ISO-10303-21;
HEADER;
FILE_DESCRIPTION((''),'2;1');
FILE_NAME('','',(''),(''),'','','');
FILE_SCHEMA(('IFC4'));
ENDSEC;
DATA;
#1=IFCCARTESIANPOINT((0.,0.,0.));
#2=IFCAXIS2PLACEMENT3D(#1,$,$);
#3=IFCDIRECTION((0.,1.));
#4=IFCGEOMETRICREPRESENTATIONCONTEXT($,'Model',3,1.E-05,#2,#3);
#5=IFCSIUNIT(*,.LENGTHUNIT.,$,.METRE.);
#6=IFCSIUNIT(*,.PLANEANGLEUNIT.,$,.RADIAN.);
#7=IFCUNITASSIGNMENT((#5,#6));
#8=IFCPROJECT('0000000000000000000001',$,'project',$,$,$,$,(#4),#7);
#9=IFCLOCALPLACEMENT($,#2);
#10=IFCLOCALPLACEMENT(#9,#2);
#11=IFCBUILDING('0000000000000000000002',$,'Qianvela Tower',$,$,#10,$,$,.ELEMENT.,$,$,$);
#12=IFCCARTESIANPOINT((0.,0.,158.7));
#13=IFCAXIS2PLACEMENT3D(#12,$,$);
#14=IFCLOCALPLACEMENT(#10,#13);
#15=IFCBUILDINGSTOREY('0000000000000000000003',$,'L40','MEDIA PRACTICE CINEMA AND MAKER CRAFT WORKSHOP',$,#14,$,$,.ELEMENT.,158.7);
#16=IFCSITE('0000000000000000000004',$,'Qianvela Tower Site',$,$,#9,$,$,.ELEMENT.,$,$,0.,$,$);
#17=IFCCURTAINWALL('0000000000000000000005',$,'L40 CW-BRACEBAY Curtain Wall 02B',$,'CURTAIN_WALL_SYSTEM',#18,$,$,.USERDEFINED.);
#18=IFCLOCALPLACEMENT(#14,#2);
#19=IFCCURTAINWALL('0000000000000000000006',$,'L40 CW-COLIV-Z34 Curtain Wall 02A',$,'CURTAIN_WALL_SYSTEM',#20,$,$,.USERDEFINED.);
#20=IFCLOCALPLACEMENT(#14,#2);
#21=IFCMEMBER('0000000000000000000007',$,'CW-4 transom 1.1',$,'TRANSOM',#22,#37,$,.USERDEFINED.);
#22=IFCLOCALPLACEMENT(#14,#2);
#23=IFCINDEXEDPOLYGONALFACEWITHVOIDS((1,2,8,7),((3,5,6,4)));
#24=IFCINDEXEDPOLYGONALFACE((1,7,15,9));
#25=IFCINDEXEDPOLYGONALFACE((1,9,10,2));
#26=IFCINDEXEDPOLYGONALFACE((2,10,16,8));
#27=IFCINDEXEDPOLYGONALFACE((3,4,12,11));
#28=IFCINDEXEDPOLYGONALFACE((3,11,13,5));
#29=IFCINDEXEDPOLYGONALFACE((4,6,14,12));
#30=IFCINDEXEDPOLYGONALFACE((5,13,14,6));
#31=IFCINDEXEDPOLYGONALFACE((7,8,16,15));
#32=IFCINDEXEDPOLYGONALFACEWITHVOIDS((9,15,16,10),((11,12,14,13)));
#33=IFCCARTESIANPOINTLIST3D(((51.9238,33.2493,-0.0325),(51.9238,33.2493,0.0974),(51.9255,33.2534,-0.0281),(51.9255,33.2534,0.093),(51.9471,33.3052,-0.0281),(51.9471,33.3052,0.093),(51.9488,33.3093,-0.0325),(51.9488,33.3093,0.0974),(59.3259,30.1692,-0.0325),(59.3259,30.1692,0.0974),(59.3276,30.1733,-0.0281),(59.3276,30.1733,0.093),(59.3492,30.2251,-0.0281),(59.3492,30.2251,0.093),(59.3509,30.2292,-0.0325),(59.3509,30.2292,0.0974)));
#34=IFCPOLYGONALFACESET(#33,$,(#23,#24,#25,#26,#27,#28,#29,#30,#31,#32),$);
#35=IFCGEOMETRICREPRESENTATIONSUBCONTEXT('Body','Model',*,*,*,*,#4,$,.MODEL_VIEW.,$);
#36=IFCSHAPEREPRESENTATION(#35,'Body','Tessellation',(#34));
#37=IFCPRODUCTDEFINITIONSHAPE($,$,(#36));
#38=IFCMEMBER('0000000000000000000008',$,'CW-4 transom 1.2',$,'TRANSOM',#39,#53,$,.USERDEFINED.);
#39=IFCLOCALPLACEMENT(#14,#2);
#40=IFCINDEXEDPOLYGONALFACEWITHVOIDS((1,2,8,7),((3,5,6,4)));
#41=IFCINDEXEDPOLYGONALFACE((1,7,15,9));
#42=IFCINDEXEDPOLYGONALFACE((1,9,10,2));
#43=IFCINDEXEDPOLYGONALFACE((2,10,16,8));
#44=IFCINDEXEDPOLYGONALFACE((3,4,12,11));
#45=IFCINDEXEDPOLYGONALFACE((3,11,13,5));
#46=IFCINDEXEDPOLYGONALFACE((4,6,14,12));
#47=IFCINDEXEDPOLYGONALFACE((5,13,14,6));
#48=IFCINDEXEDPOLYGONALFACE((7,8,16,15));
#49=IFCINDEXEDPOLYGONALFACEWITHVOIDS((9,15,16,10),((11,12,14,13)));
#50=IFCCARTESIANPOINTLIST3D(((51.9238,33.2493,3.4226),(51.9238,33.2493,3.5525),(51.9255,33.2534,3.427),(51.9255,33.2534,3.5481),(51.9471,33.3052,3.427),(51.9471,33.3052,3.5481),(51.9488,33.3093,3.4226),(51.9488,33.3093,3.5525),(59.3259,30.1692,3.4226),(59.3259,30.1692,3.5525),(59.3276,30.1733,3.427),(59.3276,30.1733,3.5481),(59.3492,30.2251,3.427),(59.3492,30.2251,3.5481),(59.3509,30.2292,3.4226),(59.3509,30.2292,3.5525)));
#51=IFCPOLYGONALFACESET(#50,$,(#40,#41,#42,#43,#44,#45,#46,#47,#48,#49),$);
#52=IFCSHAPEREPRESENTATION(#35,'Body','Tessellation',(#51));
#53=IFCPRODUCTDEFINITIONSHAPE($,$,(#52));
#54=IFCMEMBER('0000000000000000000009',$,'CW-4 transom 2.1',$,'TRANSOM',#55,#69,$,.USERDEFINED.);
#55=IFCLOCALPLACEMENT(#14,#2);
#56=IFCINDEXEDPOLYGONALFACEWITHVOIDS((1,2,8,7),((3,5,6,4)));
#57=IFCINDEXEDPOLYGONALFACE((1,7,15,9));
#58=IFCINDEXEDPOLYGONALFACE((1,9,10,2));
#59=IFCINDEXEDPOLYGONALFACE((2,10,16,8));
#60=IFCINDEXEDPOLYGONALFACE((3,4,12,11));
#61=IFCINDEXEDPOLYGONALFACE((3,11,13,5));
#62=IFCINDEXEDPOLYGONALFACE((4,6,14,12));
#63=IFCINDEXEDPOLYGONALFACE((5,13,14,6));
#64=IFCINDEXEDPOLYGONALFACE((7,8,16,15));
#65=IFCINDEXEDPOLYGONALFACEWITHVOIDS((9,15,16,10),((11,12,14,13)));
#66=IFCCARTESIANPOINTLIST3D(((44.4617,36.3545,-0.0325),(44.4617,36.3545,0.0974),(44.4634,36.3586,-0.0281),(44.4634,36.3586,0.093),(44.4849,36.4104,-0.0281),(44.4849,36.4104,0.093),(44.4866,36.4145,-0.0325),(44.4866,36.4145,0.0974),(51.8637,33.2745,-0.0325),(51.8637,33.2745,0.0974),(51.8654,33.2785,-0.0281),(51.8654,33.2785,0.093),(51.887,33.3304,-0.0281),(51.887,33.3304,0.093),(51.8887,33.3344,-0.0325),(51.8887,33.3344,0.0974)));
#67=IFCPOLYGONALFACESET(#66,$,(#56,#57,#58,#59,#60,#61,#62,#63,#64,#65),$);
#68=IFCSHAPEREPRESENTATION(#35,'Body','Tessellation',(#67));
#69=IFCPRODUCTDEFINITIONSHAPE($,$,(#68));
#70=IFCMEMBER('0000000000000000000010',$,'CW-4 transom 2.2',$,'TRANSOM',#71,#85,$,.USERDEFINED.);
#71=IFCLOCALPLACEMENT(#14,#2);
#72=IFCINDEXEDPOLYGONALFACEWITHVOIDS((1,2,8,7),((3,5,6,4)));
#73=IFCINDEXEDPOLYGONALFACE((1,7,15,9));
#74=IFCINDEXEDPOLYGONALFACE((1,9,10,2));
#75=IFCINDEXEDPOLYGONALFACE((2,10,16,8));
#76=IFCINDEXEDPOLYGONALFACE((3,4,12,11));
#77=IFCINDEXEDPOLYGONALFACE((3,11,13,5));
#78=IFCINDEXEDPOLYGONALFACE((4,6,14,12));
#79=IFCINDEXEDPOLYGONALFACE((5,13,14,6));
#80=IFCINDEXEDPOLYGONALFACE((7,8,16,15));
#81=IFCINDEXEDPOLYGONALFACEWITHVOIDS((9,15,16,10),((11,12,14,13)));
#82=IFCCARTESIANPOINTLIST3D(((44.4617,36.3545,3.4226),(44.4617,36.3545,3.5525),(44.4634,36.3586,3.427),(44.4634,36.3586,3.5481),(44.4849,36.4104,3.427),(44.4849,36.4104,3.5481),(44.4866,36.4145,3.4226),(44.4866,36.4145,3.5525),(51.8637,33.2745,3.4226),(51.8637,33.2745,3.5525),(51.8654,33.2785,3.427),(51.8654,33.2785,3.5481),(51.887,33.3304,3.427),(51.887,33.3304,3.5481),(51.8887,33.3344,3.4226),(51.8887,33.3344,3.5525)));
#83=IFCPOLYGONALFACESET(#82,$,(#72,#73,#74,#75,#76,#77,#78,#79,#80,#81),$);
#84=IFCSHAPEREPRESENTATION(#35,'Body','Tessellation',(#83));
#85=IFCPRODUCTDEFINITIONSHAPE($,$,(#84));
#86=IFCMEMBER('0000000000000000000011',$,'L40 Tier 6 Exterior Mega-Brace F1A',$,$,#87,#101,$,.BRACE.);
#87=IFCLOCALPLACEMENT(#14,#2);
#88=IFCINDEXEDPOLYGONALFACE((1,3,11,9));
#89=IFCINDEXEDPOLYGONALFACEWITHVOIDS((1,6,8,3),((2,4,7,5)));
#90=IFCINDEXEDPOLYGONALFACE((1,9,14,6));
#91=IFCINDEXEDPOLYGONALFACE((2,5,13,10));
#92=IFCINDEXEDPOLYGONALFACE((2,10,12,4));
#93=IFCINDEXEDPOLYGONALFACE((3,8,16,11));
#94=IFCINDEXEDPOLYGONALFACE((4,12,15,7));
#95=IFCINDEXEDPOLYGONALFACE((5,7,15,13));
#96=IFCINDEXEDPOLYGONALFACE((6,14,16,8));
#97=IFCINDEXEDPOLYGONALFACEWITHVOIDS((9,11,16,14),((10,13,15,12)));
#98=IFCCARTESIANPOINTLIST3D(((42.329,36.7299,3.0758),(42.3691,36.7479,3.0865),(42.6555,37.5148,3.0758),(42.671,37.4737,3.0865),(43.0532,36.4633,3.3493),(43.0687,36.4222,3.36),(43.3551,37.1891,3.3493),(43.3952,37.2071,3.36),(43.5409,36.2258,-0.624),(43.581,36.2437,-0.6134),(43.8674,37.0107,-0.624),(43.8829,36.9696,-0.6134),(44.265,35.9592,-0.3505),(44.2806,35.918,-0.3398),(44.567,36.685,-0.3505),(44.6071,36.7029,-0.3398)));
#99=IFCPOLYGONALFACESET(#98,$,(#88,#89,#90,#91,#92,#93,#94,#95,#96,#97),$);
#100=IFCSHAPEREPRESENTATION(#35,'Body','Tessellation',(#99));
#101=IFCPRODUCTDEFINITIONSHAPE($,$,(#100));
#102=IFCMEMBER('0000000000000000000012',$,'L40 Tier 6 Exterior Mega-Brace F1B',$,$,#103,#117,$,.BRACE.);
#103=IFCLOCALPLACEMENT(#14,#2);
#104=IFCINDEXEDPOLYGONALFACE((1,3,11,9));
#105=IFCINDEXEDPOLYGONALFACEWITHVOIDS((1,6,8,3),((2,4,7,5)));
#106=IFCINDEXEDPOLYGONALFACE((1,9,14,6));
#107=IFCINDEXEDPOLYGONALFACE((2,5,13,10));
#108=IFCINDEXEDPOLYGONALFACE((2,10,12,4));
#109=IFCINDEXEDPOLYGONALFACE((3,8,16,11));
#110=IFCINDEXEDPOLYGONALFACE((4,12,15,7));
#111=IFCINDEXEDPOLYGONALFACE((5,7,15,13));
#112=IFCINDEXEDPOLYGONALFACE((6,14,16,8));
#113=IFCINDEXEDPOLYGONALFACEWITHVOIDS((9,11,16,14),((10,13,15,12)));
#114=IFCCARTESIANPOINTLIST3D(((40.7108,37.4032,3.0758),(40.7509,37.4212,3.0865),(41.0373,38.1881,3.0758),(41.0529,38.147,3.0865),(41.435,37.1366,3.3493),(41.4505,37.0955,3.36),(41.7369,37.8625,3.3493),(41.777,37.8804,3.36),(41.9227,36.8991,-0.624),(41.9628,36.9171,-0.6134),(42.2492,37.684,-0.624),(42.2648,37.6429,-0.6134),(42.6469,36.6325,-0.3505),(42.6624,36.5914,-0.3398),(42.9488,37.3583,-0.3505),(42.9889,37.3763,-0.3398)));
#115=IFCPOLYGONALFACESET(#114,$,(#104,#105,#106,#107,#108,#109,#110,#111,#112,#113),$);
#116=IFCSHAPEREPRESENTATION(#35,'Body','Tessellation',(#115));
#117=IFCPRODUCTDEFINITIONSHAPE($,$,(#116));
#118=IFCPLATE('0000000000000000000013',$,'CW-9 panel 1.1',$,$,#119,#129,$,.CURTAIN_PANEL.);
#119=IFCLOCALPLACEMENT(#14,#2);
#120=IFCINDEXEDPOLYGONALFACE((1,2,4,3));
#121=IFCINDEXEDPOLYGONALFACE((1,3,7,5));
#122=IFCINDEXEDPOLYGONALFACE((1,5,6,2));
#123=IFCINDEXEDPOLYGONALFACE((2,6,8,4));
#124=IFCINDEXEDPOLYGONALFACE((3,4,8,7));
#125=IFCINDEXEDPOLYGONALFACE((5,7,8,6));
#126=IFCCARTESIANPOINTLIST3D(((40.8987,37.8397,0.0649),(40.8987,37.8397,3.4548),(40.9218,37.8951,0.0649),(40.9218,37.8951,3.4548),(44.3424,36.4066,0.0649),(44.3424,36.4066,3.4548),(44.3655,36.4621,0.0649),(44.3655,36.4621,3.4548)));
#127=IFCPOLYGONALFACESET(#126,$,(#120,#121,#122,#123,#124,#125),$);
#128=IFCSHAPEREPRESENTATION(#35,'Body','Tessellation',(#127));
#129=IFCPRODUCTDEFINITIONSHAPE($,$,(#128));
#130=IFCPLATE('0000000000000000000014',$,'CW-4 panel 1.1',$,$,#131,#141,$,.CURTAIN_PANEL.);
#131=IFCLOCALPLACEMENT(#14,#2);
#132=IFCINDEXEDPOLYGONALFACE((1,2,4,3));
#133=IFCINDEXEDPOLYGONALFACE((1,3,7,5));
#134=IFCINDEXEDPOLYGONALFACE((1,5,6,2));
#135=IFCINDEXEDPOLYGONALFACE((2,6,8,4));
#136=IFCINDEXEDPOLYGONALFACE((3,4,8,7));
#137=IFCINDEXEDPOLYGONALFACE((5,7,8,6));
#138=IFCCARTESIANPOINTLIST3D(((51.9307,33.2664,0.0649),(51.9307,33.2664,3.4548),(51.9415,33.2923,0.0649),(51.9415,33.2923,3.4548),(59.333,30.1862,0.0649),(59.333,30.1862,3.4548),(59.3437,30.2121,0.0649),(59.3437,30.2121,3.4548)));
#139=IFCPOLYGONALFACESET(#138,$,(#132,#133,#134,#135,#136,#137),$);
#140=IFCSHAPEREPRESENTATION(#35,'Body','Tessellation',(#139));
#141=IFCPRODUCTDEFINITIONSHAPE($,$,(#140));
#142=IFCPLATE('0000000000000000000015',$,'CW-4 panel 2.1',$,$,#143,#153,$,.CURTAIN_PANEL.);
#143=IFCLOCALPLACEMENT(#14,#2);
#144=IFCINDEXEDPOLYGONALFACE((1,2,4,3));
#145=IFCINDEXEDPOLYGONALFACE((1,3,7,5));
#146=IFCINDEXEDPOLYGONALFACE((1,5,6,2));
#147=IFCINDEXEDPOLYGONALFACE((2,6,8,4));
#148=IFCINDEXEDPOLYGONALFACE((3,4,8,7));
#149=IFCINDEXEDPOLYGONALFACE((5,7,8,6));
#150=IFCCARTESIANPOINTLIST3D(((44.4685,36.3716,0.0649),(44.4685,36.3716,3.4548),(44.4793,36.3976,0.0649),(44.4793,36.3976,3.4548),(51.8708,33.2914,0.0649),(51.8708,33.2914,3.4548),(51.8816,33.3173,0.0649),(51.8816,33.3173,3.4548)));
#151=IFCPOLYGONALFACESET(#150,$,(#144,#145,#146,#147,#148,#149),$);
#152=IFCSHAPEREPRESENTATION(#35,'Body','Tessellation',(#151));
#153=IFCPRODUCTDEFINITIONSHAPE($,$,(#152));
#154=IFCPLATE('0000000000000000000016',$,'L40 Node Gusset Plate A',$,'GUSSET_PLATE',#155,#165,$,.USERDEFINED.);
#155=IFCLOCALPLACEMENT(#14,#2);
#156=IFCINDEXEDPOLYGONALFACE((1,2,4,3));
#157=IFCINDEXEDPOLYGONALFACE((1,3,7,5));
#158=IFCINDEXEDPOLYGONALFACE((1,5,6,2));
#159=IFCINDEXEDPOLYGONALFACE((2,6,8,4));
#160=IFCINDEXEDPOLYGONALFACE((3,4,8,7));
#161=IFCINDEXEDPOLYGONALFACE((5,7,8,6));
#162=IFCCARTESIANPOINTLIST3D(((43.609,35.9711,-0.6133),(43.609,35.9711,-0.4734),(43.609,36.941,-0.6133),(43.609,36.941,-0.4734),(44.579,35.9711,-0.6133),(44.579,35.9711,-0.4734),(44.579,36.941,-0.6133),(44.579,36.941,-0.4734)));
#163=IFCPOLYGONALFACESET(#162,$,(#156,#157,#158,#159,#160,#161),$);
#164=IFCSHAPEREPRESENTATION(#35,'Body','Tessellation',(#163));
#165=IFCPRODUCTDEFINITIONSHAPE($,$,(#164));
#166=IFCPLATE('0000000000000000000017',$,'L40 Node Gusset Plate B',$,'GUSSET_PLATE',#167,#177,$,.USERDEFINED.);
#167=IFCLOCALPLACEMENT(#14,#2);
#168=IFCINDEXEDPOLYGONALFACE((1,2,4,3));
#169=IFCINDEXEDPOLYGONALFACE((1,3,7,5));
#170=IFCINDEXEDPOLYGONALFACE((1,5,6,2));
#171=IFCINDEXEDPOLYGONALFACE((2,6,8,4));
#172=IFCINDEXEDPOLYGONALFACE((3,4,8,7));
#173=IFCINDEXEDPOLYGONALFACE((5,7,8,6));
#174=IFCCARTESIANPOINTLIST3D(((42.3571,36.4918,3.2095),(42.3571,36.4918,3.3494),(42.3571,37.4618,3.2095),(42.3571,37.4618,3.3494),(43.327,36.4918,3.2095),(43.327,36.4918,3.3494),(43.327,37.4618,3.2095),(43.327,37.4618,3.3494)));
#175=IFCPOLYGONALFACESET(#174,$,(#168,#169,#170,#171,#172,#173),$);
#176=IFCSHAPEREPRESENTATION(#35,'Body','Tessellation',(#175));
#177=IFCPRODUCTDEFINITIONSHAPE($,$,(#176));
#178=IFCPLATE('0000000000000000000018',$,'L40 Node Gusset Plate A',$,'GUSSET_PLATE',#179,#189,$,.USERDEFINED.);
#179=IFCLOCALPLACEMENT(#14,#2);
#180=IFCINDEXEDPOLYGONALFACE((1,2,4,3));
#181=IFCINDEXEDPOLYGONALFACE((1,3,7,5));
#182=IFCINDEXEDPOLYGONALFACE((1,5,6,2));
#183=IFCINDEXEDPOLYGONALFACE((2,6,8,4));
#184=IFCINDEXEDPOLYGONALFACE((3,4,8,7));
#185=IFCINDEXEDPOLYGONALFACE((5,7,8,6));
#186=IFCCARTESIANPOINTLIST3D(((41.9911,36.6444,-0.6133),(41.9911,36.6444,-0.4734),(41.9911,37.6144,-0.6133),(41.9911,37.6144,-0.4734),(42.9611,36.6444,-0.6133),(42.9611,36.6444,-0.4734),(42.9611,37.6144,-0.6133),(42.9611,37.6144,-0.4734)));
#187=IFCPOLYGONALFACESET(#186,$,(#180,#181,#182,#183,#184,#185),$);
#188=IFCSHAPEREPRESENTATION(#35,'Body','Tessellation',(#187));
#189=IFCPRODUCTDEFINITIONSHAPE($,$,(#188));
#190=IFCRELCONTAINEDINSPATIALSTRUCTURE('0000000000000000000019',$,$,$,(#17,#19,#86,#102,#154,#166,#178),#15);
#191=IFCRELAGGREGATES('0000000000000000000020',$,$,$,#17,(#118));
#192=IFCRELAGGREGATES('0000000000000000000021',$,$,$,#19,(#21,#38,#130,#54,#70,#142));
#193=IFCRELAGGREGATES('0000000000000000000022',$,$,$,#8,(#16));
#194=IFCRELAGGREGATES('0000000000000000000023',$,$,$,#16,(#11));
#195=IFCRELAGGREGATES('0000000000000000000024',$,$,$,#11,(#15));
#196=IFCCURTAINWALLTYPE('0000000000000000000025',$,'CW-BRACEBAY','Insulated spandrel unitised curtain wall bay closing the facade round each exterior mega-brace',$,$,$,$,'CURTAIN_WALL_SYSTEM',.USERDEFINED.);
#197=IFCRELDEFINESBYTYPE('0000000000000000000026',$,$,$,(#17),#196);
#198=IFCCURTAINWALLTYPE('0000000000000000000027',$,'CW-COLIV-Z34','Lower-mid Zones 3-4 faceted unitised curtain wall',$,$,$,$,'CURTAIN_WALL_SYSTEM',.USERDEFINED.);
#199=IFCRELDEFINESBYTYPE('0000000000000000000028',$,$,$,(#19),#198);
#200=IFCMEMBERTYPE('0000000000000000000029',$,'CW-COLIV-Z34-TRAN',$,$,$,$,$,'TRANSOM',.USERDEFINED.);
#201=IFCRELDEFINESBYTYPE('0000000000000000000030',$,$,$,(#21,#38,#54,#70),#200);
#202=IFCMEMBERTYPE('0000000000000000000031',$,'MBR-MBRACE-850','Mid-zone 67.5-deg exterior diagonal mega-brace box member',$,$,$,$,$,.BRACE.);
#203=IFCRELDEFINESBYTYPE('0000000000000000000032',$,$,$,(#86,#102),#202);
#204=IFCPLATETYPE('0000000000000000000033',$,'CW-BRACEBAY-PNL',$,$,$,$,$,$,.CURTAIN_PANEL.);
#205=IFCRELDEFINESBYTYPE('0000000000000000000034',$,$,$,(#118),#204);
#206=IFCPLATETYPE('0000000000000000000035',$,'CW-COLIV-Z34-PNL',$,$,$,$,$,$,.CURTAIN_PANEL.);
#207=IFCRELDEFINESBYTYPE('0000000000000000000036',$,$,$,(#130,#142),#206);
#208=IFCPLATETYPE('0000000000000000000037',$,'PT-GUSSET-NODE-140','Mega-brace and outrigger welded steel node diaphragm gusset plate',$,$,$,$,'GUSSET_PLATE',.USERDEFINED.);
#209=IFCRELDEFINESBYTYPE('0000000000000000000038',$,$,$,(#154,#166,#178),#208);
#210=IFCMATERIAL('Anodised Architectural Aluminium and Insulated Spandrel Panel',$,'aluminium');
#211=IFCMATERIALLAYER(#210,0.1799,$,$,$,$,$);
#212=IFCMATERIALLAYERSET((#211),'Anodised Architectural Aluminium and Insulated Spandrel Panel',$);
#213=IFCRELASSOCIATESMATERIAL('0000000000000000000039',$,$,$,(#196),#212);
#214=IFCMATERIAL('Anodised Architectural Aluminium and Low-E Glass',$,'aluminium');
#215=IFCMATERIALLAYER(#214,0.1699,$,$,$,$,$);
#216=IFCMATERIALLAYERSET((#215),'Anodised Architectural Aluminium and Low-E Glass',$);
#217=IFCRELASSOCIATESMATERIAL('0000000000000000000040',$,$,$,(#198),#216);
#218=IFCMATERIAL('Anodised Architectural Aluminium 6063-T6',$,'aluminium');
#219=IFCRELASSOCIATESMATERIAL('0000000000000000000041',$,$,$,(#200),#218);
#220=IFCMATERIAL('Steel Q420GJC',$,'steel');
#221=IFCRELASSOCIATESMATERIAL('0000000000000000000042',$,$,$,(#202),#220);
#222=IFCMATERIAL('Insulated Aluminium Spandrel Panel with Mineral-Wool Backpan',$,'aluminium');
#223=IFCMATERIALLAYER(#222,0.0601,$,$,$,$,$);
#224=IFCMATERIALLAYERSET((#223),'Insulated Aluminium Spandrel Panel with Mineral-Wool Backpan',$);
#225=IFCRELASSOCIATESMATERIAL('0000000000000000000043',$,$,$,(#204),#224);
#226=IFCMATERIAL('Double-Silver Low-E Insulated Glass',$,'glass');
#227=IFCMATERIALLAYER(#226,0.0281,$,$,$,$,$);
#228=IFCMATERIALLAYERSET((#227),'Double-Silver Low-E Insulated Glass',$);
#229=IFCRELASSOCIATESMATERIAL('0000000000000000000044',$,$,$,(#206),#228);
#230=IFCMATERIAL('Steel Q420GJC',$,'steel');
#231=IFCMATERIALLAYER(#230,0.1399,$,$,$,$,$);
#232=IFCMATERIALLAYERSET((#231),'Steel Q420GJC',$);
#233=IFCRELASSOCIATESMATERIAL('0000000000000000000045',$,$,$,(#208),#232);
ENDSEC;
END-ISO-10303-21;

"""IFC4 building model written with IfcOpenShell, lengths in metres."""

from ifc_helpers import new_model, si_unit, direction, frame, origin, origin_2d, place, context, subcontext, project, spatial, rectangle, hollow_rectangle, extrude, material, layer, layer_set, material_profile, profile_set, type_object, element, aggregate, save


model = new_model("IFC4")

# Units and contexts
model_context = context("Model", 3, precision=1e-05, world=origin(), true_north=direction((0.0, 1.0)))
body_context = subcontext(model_context, "Body", "Model", "MODEL_VIEW")
ifc_project = project(units=[si_unit("LENGTHUNIT", "METRE"), si_unit("PLANEANGLEUNIT", "RADIAN")], contexts=[model_context])

# Site, building, storey
site_placement = place(None, origin())
site = spatial("IfcSite", under=ifc_project, at=site_placement, Name="Qianvela Tower Site", CompositionType="ELEMENT", RefElevation=0.0)
building_placement = place(site_placement, origin())
building = spatial("IfcBuilding", under=site, at=building_placement, Name="Qianvela Tower", CompositionType="ELEMENT")
storey_placement = place(building_placement, frame((0.0, 0.0, 158.7)))
storey = spatial("IfcBuildingStorey", under=building, at=storey_placement, Name="L40", Description="MEDIA PRACTICE CINEMA AND MAKER CRAFT WORKSHOP", CompositionType="ELEMENT", Elevation=158.7)

# Curtain walls, members
ifc_material_1 = material(Name="Anodised Architectural Aluminium and Insulated Spandrel Panel", Category="aluminium")
ifc_layer_1 = layer(ifc_material_1, 0.1799)
ifc_layer_set_1 = layer_set([ifc_layer_1], Name="Anodised Architectural Aluminium and Insulated Spandrel Panel")
curtain_wall_type_1 = type_object("IfcCurtainWallType", Name="CW-BRACEBAY", Description="Insulated spandrel unitised curtain wall bay closing the facade round each exterior mega-brace", ElementType="CURTAIN_WALL_SYSTEM", PredefinedType="USERDEFINED", material=ifc_layer_set_1)
curtain_wall_1_placement = place(storey_placement, origin())
curtain_wall_1 = element("IfcCurtainWall", 1, at=curtain_wall_1_placement, inside=storey, type_object=curtain_wall_type_1, Name="L40 CW-BRACEBAY Curtain Wall 02B", ObjectType="CURTAIN_WALL_SYSTEM", PredefinedType="USERDEFINED")
ifc_material_2 = material(Name="Anodised Architectural Aluminium and Low-E Glass", Category="aluminium")
ifc_layer_2 = layer(ifc_material_2, 0.1699)
ifc_layer_set_2 = layer_set([ifc_layer_2], Name="Anodised Architectural Aluminium and Low-E Glass")
curtain_wall_type_2 = type_object("IfcCurtainWallType", Name="CW-COLIV-Z34", Description="Lower-mid Zones 3-4 faceted unitised curtain wall", ElementType="CURTAIN_WALL_SYSTEM", PredefinedType="USERDEFINED", material=ifc_layer_set_2)
curtain_wall_2_placement = place(storey_placement, origin())
curtain_wall_2 = element("IfcCurtainWall", 2, at=curtain_wall_2_placement, inside=storey, type_object=curtain_wall_type_2, Name="L40 CW-COLIV-Z34 Curtain Wall 02A", ObjectType="CURTAIN_WALL_SYSTEM", PredefinedType="USERDEFINED")
ifc_material_3 = material(Name="Anodised Architectural Aluminium 6063-T6", Category="aluminium")
ifc_material_profile_1 = material_profile(ifc_material_3, hollow_rectangle(XDim=0.0649, YDim=0.1299, WallThickness=0.0044, at=origin_2d()), Name="ALU-TRAN-65x130")
ifc_profile_set_1 = profile_set([ifc_material_profile_1], Name="Anodised Architectural Aluminium 6063-T6")
member_type_1 = type_object("IfcMemberType", Name="CW-COLIV-Z34-TRAN", ElementType="TRANSOM", PredefinedType="USERDEFINED", material=ifc_profile_set_1)
member_1_placement = place(storey_placement, frame((59.3384, 30.1992, 0.0325), z_axis=(-0.92326, 0.384176, 0.0), x_axis=(-0.384176, -0.92326, 0.0)))
member_1 = element("IfcMember", 3, at=member_1_placement, type_object=member_type_1, Name="CW-4 transom 1.1", ObjectType="TRANSOM", PredefinedType="USERDEFINED", context=body_context, shape_type="SweptSolid", body=[
    extrude(hollow_rectangle(XDim=0.0649, YDim=0.1299, WallThickness=0.0044, at=origin_2d()), origin(), (0.0, 0.0, 1.0), 8.0173),
])
member_2_placement = place(storey_placement, frame((59.3384, 30.1992, 3.4875), z_axis=(-0.92326, 0.384176, 0.0), x_axis=(-0.384176, -0.92326, 0.0)))
member_2 = element("IfcMember", 4, at=member_2_placement, type_object=member_type_1, Name="CW-4 transom 1.2", ObjectType="TRANSOM", PredefinedType="USERDEFINED", context=body_context, shape_type="SweptSolid", body=[
    extrude(hollow_rectangle(XDim=0.0649, YDim=0.1299, WallThickness=0.0044, at=origin_2d()), origin(), (0.0, 0.0, 1.0), 8.0173),
])
member_3_placement = place(storey_placement, frame((51.8762, 33.3044, 0.0325), z_axis=(-0.92326, 0.384176, 0.0), x_axis=(-0.384176, -0.92326, 0.0)))
member_3 = element("IfcMember", 5, at=member_3_placement, type_object=member_type_1, Name="CW-4 transom 2.1", ObjectType="TRANSOM", PredefinedType="USERDEFINED", context=body_context, shape_type="SweptSolid", body=[
    extrude(hollow_rectangle(XDim=0.0649, YDim=0.1299, WallThickness=0.0044, at=origin_2d()), origin(), (0.0, 0.0, 1.0), 8.0173),
])
member_4_placement = place(storey_placement, frame((51.8762, 33.3044, 3.4875), z_axis=(-0.92326, 0.384176, 0.0), x_axis=(-0.384176, -0.92326, 0.0)))
member_4 = element("IfcMember", 6, at=member_4_placement, type_object=member_type_1, Name="CW-4 transom 2.2", ObjectType="TRANSOM", PredefinedType="USERDEFINED", context=body_context, shape_type="SweptSolid", body=[
    extrude(hollow_rectangle(XDim=0.0649, YDim=0.1299, WallThickness=0.0044, at=origin_2d()), origin(), (0.0, 0.0, 1.0), 8.0173),
])

# Members
ifc_material_4 = material(Name="Steel Q420GJC", Category="steel")
ifc_material_profile_2 = material_profile(ifc_material_4, hollow_rectangle(XDim=0.8501, YDim=0.8501, WallThickness=0.032, at=origin_2d()), Name="MBOX-850x850x32")
ifc_profile_set_2 = profile_set([ifc_material_profile_2], Name="Steel Q420GJC")
member_type_2 = type_object("IfcMemberType", Name="MBR-MBRACE-850", Description="Mid-zone 67.5-deg exterior diagonal mega-brace box member", PredefinedType="BRACE", material=ifc_profile_set_2)
for number, where, z_axis, x_axis, name in (
    (7, (44.074, 36.4644, -0.4819), (-0.308699, 0.128417, 0.942451), (-0.384087, -0.923297, 0.0), "L40 Tier 6 Exterior Mega-Brace F1A"),
    (8, (42.4558, 37.1377, -0.4819), (-0.308699, 0.128417, 0.942451), (-0.384087, -0.923297, 0.0), "L40 Tier 6 Exterior Mega-Brace F1B"),
):
    element("IfcMember", number, at=place(storey_placement, frame(where, z_axis=z_axis, x_axis=x_axis)), inside=storey, type_object=member_type_2, Name=name, PredefinedType="BRACE", context=body_context, shape_type="SweptSolid", body=[
        extrude(hollow_rectangle(XDim=0.8501, YDim=0.8501, WallThickness=0.032, at=origin_2d()), origin(), (0.0, 0.0, 1.0), 3.9258),
    ])

# Plates
ifc_material_5 = material(Name="Insulated Aluminium Spandrel Panel with Mineral-Wool Backpan", Category="aluminium")
ifc_layer_3 = layer(ifc_material_5, 0.0601)
ifc_layer_set_3 = layer_set([ifc_layer_3], Name="Insulated Aluminium Spandrel Panel with Mineral-Wool Backpan")
plate_type_1 = type_object("IfcPlateType", Name="CW-BRACEBAY-PNL", PredefinedType="CURTAIN_PANEL", material=ifc_layer_set_3)
plate_1_placement = place(storey_placement, frame((42.6321, 37.1509, 0.0649), z_axis=(0.0, 0.0, 1.0), x_axis=(-0.923253, 0.384192, 0.0)))
plate_1 = element("IfcPlate", 9, at=plate_1_placement, type_object=plate_type_1, Name="CW-9 panel 1.1", PredefinedType="CURTAIN_PANEL", context=body_context, shape_type="SweptSolid", body=[
    extrude(rectangle(XDim=3.73, YDim=0.0601, at=origin_2d()), origin(), (0.0, 0.0, 1.0), 3.3899),
])
aggregate(curtain_wall_1, [plate_1])
ifc_material_6 = material(Name="Double-Silver Low-E Insulated Glass", Category="glass")
ifc_layer_4 = layer(ifc_material_6, 0.0281)
ifc_layer_set_4 = layer_set([ifc_layer_4], Name="Double-Silver Low-E Insulated Glass")
plate_type_2 = type_object("IfcPlateType", Name="CW-COLIV-Z34-PNL", PredefinedType="CURTAIN_PANEL", material=ifc_layer_set_4)
plate_2_placement = place(storey_placement, frame((55.6372, 31.7393, 0.0649), z_axis=(0.0, 0.0, 1.0), x_axis=(-0.923256, 0.384185, 0.0)))
plate_2 = element("IfcPlate", 10, at=plate_2_placement, type_object=plate_type_2, Name="CW-4 panel 1.1", PredefinedType="CURTAIN_PANEL", context=body_context, shape_type="SweptSolid", body=[
    extrude(rectangle(XDim=8.0176, YDim=0.0281, at=origin_2d()), origin(), (0.0, 0.0, 1.0), 3.3899),
])
plate_3_placement = place(storey_placement, frame((48.175, 34.8445, 0.0649), z_axis=(0.0, 0.0, 1.0), x_axis=(-0.923256, 0.384185, 0.0)))
plate_3 = element("IfcPlate", 11, at=plate_3_placement, type_object=plate_type_2, Name="CW-4 panel 2.1", PredefinedType="CURTAIN_PANEL", context=body_context, shape_type="SweptSolid", body=[
    extrude(rectangle(XDim=8.0176, YDim=0.0281, at=origin_2d()), origin(), (0.0, 0.0, 1.0), 3.3899),
])
aggregate(curtain_wall_2, [member_1, member_2, plate_2, member_3, member_4, plate_3])

# Plates
ifc_material_7 = material(Name="Steel Q420GJC", Category="steel")
ifc_layer_5 = layer(ifc_material_7, 0.1399)
ifc_layer_set_5 = layer_set([ifc_layer_5], Name="Steel Q420GJC")
plate_type_3 = type_object("IfcPlateType", Name="PT-GUSSET-NODE-140", Description="Mega-brace and outrigger welded steel node diaphragm gusset plate", ElementType="GUSSET_PLATE", PredefinedType="USERDEFINED", material=ifc_layer_set_5)
for number, where, z_axis, x_axis, name in (
    (12, (44.094, 36.4561, -0.6133), (0.0, 0.0, 1.0), (1.0, 0.0, 0.0), "L40 Node Gusset Plate A"),
    (13, (42.842, 36.9768, 3.2095), (0.0, 0.0, 1.0), (1.0, 0.0, 0.0), "L40 Node Gusset Plate B"),
    (14, (42.4761, 37.1294, -0.6133), (0.0, 0.0, 1.0), (1.0, 0.0, 0.0), "L40 Node Gusset Plate A"),
):
    element("IfcPlate", number, at=place(storey_placement, frame(where, z_axis=z_axis, x_axis=x_axis)), inside=storey, type_object=plate_type_3, Name=name, ObjectType="GUSSET_PLATE", PredefinedType="USERDEFINED", context=body_context, shape_type="SweptSolid", body=[
        extrude(rectangle(XDim=0.97, YDim=0.97, at=origin_2d()), origin(), (0.0, 0.0, 1.0), 0.1399),
    ])

save(model, "model.ifc")
